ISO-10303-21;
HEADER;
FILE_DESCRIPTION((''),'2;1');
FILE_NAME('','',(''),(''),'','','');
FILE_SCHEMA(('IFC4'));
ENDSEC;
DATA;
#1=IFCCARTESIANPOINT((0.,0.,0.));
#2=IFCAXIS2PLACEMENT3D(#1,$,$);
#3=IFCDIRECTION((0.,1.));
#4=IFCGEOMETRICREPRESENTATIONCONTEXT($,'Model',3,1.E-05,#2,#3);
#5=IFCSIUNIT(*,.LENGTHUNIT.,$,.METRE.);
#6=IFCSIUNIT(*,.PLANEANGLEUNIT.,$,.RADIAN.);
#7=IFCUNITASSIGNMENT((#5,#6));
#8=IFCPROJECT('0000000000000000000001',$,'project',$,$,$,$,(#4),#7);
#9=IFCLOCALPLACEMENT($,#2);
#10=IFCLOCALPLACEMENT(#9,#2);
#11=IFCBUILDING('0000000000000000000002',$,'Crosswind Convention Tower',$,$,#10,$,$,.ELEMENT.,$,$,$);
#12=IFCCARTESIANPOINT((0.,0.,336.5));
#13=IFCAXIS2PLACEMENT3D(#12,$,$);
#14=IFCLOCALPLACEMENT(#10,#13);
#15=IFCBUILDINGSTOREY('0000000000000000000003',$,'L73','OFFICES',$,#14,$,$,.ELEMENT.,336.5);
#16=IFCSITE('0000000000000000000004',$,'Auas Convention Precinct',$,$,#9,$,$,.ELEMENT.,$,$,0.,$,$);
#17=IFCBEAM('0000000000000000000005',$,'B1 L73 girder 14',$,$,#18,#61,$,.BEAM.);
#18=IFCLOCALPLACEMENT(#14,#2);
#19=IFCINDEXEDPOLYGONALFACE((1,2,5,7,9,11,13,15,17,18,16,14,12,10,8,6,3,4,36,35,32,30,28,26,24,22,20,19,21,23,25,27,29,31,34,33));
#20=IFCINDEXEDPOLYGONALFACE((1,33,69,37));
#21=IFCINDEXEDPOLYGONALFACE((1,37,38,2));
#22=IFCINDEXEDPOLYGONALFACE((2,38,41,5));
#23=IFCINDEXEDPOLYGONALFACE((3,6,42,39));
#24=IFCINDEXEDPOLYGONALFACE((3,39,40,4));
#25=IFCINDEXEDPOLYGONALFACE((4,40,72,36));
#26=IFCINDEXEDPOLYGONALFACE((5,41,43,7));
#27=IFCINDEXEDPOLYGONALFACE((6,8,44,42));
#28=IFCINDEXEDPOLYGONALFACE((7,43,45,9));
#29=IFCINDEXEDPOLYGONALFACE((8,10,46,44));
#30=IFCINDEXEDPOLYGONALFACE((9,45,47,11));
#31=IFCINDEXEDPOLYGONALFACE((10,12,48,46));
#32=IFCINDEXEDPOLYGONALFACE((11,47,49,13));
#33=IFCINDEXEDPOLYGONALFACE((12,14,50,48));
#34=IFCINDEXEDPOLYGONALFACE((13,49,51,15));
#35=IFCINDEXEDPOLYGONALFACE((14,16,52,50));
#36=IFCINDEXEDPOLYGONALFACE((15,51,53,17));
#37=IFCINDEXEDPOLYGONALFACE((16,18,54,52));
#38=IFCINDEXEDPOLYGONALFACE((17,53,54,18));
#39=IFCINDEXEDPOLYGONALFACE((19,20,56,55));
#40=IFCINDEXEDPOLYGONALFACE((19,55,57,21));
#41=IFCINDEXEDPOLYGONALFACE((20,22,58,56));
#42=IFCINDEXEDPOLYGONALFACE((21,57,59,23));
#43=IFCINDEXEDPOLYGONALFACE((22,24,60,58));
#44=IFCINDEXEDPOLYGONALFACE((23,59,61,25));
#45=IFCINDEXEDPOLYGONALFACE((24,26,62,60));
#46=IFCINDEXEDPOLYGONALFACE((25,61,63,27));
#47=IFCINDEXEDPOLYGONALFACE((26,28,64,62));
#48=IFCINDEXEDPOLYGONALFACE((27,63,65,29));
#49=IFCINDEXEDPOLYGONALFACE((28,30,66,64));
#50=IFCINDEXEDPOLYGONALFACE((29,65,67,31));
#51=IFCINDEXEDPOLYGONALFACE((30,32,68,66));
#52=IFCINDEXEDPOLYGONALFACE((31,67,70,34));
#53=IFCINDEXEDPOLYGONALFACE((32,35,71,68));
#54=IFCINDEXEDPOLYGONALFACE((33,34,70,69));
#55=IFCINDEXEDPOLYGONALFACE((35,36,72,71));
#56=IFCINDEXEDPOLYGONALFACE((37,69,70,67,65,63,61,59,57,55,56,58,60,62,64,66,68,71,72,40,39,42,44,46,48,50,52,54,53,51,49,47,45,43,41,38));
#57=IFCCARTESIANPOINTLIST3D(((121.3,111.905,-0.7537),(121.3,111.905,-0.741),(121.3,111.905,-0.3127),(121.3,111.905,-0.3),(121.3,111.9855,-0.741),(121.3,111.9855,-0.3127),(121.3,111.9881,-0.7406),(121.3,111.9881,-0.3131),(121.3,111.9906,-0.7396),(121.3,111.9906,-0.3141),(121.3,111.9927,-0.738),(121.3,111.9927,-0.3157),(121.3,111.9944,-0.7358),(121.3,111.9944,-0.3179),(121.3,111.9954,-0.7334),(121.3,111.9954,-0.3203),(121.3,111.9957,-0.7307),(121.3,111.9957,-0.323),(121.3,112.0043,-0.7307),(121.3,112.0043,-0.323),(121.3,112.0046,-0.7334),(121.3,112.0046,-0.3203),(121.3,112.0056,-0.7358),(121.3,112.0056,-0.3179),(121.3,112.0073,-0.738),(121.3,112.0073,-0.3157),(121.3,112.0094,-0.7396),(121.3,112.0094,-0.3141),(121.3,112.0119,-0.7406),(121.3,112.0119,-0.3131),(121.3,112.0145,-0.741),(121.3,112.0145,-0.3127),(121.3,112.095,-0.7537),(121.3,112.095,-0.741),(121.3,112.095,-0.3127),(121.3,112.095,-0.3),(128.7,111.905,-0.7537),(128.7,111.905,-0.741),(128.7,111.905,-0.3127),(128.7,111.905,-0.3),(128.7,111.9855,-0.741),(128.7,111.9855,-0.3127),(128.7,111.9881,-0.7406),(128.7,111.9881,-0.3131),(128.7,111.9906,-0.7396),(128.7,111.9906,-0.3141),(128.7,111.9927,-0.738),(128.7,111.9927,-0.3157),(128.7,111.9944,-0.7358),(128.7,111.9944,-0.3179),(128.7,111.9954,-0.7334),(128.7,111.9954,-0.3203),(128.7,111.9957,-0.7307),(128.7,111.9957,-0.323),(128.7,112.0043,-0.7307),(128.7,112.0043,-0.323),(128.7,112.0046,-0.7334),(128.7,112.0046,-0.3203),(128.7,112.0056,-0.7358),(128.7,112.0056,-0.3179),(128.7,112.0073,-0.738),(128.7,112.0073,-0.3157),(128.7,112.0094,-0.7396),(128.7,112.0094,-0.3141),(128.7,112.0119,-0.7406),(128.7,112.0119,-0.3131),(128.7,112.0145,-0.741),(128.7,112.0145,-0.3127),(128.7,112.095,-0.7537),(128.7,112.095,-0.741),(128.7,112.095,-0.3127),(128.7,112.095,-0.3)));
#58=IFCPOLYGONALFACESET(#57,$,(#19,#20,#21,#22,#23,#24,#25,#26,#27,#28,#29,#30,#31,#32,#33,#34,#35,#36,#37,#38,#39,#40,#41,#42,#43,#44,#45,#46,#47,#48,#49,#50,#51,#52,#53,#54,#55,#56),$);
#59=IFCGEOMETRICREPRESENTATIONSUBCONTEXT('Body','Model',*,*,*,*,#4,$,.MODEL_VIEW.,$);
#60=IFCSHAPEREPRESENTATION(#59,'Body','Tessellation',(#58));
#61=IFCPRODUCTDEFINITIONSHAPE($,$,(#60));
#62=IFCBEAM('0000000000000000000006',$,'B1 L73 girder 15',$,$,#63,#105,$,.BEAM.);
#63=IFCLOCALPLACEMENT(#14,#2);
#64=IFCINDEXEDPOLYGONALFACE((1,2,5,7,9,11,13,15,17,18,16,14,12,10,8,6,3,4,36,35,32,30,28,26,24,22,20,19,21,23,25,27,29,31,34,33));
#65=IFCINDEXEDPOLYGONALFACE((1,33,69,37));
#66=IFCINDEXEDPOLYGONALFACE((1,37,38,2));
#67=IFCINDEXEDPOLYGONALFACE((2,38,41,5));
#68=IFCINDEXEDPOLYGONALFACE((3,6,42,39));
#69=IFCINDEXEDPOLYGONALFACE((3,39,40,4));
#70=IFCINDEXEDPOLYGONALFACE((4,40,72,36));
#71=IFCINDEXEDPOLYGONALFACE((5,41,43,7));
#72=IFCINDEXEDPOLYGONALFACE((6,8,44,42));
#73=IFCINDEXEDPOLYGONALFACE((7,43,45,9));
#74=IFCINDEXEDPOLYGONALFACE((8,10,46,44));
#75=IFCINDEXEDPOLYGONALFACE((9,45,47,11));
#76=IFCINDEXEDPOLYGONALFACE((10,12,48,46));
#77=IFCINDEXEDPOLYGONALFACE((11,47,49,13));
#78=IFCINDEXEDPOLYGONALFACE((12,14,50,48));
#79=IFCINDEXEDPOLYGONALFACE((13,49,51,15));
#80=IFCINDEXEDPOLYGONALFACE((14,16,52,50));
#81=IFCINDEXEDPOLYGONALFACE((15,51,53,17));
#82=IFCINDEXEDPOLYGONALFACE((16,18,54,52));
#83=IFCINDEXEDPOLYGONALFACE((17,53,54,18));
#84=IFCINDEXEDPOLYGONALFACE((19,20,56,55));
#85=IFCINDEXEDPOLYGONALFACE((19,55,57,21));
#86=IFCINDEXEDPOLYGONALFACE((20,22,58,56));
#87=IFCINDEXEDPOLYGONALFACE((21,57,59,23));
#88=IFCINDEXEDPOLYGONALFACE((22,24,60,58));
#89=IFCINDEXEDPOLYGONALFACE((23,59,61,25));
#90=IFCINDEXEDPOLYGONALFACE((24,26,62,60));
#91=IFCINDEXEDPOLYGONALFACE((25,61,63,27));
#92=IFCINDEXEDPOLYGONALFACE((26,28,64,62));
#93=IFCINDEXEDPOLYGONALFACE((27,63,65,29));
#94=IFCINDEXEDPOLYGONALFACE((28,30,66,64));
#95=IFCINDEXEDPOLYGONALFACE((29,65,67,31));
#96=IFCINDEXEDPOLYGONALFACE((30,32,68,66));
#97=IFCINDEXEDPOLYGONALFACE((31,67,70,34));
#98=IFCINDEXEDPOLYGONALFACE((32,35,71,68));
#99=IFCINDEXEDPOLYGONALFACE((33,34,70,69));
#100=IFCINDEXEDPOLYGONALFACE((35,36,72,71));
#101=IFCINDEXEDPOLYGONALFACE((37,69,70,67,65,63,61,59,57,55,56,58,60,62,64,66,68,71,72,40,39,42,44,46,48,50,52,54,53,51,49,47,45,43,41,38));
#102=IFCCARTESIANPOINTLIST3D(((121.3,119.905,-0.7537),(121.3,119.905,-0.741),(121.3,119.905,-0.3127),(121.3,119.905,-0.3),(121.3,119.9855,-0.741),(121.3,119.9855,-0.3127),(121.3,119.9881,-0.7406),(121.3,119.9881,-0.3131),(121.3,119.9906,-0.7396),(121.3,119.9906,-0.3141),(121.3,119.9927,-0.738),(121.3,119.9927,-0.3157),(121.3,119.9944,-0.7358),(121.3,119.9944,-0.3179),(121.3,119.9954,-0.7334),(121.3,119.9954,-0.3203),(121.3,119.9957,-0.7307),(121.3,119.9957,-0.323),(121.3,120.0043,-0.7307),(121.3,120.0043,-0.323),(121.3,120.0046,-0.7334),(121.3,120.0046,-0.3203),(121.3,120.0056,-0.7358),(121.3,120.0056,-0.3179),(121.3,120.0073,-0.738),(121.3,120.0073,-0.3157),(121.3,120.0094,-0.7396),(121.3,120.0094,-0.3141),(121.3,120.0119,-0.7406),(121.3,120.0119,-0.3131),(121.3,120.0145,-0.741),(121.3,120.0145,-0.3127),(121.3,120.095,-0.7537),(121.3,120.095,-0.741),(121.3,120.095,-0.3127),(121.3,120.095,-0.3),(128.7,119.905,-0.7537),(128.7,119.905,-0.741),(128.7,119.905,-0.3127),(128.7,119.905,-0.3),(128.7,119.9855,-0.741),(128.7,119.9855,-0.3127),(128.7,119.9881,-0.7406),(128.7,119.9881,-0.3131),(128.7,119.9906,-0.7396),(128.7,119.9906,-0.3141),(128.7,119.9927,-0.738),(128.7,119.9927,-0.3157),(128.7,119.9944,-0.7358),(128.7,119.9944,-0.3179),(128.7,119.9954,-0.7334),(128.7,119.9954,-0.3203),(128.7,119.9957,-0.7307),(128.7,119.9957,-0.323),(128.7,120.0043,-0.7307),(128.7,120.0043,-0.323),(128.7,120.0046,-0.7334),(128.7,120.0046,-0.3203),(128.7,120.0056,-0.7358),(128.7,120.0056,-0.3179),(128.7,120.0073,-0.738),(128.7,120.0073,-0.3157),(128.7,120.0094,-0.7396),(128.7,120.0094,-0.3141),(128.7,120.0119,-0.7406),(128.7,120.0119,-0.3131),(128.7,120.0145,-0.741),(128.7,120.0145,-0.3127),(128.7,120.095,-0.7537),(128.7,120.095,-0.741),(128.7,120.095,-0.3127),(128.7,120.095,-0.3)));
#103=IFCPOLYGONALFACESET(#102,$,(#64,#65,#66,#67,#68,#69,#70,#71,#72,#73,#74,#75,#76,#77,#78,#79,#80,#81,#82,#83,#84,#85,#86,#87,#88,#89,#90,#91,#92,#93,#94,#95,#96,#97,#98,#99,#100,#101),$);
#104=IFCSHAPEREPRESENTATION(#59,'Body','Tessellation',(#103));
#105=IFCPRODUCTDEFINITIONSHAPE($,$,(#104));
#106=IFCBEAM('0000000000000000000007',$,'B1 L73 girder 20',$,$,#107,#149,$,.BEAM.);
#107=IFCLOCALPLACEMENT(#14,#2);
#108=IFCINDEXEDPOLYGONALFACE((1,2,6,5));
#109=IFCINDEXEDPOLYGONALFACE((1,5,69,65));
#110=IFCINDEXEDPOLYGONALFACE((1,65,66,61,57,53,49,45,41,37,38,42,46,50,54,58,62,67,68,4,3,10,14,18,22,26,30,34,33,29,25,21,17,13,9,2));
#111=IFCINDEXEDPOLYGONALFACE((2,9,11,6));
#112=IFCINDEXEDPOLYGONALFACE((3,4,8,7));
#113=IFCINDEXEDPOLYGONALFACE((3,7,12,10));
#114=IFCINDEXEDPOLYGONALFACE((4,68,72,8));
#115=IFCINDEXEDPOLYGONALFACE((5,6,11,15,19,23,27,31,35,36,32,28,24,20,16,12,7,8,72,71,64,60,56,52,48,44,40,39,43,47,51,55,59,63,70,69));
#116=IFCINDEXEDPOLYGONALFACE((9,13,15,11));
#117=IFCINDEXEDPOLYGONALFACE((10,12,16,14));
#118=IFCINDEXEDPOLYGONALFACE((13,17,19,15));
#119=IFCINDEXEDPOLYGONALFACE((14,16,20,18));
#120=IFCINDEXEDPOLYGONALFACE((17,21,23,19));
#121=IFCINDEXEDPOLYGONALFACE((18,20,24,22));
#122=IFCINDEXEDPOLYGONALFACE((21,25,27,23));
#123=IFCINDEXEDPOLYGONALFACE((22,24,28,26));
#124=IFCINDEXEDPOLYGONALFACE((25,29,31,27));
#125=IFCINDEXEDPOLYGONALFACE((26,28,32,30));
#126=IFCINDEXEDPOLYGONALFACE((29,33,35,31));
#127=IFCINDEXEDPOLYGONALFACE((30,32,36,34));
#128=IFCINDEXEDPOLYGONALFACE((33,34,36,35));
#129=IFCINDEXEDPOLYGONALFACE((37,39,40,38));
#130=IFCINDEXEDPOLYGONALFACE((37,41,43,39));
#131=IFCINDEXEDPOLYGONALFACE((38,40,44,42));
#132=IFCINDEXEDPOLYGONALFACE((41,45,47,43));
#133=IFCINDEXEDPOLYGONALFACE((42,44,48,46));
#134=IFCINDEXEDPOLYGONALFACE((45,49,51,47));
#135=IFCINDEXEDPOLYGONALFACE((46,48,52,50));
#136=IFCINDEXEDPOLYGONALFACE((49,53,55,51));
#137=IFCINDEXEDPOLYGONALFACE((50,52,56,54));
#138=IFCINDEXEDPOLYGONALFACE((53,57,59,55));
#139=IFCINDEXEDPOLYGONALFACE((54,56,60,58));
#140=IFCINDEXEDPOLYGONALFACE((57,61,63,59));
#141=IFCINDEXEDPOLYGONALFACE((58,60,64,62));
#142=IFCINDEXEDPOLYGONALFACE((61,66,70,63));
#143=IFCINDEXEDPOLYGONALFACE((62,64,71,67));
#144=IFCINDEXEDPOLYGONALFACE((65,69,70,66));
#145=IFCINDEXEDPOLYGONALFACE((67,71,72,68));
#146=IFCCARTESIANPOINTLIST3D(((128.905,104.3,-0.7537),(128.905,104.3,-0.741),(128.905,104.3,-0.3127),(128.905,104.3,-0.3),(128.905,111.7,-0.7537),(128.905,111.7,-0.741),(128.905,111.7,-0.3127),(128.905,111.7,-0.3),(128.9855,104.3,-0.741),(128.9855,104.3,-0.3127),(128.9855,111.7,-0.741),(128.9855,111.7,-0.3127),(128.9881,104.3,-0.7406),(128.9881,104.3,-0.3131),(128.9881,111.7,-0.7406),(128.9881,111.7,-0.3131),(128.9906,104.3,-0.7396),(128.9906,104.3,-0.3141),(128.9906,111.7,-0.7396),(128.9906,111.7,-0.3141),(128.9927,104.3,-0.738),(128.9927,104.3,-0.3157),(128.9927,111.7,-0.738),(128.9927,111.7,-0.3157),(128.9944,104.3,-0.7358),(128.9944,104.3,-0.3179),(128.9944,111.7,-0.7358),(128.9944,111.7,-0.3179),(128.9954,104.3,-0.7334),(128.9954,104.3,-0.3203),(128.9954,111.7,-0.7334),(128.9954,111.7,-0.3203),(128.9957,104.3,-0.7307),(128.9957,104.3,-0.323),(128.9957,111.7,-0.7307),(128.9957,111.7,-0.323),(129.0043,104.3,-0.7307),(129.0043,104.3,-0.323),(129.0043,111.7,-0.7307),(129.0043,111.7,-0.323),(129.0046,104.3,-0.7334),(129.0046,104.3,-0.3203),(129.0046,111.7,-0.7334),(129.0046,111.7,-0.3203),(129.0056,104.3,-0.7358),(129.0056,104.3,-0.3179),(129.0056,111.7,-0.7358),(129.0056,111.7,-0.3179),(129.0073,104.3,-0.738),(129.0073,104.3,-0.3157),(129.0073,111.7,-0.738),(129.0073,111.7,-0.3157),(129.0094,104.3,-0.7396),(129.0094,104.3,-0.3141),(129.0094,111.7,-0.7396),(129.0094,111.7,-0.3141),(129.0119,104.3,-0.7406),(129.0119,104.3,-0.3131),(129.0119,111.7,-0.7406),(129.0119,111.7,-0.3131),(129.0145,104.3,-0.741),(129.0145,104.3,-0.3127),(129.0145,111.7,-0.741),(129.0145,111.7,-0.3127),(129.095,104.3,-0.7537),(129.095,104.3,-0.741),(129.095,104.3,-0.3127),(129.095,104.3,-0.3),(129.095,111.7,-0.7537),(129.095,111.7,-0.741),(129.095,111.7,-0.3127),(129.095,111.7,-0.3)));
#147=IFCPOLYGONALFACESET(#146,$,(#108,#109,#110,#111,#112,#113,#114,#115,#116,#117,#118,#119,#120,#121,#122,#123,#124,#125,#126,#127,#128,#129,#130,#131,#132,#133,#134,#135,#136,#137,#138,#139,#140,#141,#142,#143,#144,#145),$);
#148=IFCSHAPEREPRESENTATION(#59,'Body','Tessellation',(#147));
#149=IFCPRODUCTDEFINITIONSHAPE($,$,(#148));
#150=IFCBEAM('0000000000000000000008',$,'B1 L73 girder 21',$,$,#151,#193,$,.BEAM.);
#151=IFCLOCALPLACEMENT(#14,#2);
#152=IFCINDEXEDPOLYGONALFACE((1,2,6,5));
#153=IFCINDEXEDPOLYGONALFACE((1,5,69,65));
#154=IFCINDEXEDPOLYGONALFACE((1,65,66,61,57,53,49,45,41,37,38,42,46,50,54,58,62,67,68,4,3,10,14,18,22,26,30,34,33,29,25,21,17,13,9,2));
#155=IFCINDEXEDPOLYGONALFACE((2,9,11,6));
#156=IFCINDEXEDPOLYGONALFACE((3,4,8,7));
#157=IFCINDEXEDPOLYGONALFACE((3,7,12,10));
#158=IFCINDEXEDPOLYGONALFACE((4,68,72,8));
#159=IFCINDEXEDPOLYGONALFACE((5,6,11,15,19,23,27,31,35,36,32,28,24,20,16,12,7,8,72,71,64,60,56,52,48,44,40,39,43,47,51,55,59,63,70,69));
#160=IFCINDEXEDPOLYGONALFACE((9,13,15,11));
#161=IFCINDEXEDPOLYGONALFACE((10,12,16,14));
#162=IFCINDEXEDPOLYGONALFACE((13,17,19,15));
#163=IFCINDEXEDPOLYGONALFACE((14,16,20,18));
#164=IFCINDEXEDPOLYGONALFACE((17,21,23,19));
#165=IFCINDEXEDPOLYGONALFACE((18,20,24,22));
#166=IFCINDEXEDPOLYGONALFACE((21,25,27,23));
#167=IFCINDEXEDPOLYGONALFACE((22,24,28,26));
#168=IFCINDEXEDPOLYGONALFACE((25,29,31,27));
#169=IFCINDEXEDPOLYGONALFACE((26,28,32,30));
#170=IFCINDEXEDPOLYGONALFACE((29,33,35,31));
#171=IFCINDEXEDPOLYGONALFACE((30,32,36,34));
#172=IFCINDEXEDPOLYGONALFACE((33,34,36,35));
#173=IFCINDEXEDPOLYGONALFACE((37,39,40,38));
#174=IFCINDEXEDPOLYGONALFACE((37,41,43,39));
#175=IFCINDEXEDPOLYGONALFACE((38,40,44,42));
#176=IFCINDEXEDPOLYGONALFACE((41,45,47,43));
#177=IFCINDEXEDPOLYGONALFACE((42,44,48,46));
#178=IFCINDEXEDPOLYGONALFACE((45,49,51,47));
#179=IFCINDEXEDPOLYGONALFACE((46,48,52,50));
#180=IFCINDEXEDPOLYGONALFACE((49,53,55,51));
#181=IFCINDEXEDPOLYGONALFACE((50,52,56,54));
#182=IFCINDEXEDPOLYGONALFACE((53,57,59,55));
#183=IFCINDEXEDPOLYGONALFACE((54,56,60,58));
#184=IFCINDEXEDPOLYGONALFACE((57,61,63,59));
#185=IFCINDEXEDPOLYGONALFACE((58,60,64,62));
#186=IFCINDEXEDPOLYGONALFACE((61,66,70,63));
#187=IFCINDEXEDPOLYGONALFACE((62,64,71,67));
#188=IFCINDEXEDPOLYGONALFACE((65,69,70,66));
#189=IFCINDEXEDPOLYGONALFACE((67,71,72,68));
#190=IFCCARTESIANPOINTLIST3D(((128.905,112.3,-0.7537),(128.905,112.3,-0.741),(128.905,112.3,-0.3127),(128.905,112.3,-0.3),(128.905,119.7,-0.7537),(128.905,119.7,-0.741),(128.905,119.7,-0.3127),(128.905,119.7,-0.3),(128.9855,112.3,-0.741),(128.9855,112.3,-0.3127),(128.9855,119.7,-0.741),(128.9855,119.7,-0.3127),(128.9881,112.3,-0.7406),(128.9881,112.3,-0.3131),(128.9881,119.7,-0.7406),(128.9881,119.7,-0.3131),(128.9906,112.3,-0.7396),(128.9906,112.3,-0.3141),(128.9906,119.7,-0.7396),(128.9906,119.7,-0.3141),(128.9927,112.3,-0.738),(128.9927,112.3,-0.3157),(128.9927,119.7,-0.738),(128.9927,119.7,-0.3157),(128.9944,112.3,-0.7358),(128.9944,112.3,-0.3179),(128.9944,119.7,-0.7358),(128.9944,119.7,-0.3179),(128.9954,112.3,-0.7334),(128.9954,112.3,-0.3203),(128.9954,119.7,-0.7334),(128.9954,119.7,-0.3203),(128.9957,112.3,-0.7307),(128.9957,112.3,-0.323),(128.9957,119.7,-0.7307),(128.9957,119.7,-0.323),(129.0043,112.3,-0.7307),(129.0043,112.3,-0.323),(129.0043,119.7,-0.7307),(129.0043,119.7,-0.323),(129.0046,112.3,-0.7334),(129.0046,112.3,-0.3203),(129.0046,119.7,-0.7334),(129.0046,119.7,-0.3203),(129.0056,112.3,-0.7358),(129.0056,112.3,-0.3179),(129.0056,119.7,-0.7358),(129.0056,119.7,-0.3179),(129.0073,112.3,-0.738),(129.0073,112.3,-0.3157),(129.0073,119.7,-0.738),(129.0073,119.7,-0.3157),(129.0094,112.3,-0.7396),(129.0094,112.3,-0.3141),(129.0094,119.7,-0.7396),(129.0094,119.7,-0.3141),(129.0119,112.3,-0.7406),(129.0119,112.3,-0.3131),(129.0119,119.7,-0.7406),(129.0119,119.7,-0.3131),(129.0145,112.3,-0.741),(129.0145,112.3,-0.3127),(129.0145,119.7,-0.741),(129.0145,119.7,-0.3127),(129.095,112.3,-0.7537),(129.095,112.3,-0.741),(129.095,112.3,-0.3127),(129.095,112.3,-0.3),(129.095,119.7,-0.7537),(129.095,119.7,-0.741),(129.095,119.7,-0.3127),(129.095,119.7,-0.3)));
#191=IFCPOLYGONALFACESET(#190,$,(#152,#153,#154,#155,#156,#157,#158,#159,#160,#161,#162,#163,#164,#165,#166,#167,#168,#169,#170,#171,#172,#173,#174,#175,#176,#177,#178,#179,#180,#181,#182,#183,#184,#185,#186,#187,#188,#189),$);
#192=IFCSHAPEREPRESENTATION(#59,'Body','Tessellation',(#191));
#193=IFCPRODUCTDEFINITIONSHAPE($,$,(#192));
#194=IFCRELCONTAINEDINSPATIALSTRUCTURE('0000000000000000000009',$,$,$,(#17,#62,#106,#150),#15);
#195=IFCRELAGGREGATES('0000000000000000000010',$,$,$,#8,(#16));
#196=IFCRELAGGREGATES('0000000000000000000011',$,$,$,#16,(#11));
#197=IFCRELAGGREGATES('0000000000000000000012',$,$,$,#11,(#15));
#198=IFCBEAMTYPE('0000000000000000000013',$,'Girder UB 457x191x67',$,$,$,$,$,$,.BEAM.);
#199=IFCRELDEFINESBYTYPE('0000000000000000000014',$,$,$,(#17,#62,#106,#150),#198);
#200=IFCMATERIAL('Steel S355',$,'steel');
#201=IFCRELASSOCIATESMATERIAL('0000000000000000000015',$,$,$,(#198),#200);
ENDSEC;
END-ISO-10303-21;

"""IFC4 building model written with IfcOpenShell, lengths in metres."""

from ifc_helpers import new_model, si_unit, direction, frame, origin, origin_2d, place, context, subcontext, project, spatial, i_section, extrude, material, material_profile, profile_set, type_object, element, save


model = new_model("IFC4")

# Units and contexts
model_context = context("Model", 3, precision=1e-05, world=origin(), true_north=direction((0.0, 1.0)))
body_context = subcontext(model_context, "Body", "Model", "MODEL_VIEW")
ifc_project = project(units=[si_unit("LENGTHUNIT", "METRE"), si_unit("PLANEANGLEUNIT", "RADIAN")], contexts=[model_context])

# Site, building, storey
site_placement = place(None, origin())
site = spatial("IfcSite", under=ifc_project, at=site_placement, Name="Auas Convention Precinct", CompositionType="ELEMENT", RefElevation=0.0)
building_placement = place(site_placement, origin())
building = spatial("IfcBuilding", under=site, at=building_placement, Name="Crosswind Convention Tower", CompositionType="ELEMENT")
storey_placement = place(building_placement, frame((0.0, 0.0, 336.5)))
storey = spatial("IfcBuildingStorey", under=building, at=storey_placement, Name="L73", Description="OFFICES", CompositionType="ELEMENT", Elevation=336.5)

# Beams
ifc_material_1 = material(Name="Steel S355", Category="steel")
ifc_material_profile_1 = material_profile(ifc_material_1, i_section(OverallWidth=0.1899, OverallDepth=0.4536, WebThickness=0.0085, FlangeThickness=0.0127, FilletRadius=0.0103, at=origin_2d()), Name="UB 457x191x67")
ifc_profile_set_1 = profile_set([ifc_material_profile_1], Name="Steel S355")
beam_type_1 = type_object("IfcBeamType", Name="Girder UB 457x191x67", PredefinedType="BEAM", material=ifc_profile_set_1)
for number, where, z_axis, x_axis, name in (
    (1, (121.3, 112.0, -0.5269), (1.0, 0.0, 0.0), (0.0, 1.0, 0.0), "B1 L73 girder 14"),
    (2, (121.3, 120.0, -0.5269), (1.0, 0.0, 0.0), (0.0, 1.0, 0.0), "B1 L73 girder 15"),
    (3, (129.0, 104.3, -0.5269), (0.0, 1.0, 0.0), (-1.0, 0.0, 0.0), "B1 L73 girder 20"),
    (4, (129.0, 112.3, -0.5269), (0.0, 1.0, 0.0), (-1.0, 0.0, 0.0), "B1 L73 girder 21"),
):
    element("IfcBeam", number, at=place(storey_placement, frame(where, z_axis=z_axis, x_axis=x_axis)), inside=storey, type_object=beam_type_1, Name=name, PredefinedType="BEAM", context=body_context, shape_type="SweptSolid", body=[
        extrude(i_section(OverallWidth=0.1899, OverallDepth=0.4536, WebThickness=0.0085, FlangeThickness=0.0127, FilletRadius=0.0103, at=origin_2d()), origin(), (0.0, 0.0, 1.0), 7.3999),
    ])

save(model, "model.ifc")
